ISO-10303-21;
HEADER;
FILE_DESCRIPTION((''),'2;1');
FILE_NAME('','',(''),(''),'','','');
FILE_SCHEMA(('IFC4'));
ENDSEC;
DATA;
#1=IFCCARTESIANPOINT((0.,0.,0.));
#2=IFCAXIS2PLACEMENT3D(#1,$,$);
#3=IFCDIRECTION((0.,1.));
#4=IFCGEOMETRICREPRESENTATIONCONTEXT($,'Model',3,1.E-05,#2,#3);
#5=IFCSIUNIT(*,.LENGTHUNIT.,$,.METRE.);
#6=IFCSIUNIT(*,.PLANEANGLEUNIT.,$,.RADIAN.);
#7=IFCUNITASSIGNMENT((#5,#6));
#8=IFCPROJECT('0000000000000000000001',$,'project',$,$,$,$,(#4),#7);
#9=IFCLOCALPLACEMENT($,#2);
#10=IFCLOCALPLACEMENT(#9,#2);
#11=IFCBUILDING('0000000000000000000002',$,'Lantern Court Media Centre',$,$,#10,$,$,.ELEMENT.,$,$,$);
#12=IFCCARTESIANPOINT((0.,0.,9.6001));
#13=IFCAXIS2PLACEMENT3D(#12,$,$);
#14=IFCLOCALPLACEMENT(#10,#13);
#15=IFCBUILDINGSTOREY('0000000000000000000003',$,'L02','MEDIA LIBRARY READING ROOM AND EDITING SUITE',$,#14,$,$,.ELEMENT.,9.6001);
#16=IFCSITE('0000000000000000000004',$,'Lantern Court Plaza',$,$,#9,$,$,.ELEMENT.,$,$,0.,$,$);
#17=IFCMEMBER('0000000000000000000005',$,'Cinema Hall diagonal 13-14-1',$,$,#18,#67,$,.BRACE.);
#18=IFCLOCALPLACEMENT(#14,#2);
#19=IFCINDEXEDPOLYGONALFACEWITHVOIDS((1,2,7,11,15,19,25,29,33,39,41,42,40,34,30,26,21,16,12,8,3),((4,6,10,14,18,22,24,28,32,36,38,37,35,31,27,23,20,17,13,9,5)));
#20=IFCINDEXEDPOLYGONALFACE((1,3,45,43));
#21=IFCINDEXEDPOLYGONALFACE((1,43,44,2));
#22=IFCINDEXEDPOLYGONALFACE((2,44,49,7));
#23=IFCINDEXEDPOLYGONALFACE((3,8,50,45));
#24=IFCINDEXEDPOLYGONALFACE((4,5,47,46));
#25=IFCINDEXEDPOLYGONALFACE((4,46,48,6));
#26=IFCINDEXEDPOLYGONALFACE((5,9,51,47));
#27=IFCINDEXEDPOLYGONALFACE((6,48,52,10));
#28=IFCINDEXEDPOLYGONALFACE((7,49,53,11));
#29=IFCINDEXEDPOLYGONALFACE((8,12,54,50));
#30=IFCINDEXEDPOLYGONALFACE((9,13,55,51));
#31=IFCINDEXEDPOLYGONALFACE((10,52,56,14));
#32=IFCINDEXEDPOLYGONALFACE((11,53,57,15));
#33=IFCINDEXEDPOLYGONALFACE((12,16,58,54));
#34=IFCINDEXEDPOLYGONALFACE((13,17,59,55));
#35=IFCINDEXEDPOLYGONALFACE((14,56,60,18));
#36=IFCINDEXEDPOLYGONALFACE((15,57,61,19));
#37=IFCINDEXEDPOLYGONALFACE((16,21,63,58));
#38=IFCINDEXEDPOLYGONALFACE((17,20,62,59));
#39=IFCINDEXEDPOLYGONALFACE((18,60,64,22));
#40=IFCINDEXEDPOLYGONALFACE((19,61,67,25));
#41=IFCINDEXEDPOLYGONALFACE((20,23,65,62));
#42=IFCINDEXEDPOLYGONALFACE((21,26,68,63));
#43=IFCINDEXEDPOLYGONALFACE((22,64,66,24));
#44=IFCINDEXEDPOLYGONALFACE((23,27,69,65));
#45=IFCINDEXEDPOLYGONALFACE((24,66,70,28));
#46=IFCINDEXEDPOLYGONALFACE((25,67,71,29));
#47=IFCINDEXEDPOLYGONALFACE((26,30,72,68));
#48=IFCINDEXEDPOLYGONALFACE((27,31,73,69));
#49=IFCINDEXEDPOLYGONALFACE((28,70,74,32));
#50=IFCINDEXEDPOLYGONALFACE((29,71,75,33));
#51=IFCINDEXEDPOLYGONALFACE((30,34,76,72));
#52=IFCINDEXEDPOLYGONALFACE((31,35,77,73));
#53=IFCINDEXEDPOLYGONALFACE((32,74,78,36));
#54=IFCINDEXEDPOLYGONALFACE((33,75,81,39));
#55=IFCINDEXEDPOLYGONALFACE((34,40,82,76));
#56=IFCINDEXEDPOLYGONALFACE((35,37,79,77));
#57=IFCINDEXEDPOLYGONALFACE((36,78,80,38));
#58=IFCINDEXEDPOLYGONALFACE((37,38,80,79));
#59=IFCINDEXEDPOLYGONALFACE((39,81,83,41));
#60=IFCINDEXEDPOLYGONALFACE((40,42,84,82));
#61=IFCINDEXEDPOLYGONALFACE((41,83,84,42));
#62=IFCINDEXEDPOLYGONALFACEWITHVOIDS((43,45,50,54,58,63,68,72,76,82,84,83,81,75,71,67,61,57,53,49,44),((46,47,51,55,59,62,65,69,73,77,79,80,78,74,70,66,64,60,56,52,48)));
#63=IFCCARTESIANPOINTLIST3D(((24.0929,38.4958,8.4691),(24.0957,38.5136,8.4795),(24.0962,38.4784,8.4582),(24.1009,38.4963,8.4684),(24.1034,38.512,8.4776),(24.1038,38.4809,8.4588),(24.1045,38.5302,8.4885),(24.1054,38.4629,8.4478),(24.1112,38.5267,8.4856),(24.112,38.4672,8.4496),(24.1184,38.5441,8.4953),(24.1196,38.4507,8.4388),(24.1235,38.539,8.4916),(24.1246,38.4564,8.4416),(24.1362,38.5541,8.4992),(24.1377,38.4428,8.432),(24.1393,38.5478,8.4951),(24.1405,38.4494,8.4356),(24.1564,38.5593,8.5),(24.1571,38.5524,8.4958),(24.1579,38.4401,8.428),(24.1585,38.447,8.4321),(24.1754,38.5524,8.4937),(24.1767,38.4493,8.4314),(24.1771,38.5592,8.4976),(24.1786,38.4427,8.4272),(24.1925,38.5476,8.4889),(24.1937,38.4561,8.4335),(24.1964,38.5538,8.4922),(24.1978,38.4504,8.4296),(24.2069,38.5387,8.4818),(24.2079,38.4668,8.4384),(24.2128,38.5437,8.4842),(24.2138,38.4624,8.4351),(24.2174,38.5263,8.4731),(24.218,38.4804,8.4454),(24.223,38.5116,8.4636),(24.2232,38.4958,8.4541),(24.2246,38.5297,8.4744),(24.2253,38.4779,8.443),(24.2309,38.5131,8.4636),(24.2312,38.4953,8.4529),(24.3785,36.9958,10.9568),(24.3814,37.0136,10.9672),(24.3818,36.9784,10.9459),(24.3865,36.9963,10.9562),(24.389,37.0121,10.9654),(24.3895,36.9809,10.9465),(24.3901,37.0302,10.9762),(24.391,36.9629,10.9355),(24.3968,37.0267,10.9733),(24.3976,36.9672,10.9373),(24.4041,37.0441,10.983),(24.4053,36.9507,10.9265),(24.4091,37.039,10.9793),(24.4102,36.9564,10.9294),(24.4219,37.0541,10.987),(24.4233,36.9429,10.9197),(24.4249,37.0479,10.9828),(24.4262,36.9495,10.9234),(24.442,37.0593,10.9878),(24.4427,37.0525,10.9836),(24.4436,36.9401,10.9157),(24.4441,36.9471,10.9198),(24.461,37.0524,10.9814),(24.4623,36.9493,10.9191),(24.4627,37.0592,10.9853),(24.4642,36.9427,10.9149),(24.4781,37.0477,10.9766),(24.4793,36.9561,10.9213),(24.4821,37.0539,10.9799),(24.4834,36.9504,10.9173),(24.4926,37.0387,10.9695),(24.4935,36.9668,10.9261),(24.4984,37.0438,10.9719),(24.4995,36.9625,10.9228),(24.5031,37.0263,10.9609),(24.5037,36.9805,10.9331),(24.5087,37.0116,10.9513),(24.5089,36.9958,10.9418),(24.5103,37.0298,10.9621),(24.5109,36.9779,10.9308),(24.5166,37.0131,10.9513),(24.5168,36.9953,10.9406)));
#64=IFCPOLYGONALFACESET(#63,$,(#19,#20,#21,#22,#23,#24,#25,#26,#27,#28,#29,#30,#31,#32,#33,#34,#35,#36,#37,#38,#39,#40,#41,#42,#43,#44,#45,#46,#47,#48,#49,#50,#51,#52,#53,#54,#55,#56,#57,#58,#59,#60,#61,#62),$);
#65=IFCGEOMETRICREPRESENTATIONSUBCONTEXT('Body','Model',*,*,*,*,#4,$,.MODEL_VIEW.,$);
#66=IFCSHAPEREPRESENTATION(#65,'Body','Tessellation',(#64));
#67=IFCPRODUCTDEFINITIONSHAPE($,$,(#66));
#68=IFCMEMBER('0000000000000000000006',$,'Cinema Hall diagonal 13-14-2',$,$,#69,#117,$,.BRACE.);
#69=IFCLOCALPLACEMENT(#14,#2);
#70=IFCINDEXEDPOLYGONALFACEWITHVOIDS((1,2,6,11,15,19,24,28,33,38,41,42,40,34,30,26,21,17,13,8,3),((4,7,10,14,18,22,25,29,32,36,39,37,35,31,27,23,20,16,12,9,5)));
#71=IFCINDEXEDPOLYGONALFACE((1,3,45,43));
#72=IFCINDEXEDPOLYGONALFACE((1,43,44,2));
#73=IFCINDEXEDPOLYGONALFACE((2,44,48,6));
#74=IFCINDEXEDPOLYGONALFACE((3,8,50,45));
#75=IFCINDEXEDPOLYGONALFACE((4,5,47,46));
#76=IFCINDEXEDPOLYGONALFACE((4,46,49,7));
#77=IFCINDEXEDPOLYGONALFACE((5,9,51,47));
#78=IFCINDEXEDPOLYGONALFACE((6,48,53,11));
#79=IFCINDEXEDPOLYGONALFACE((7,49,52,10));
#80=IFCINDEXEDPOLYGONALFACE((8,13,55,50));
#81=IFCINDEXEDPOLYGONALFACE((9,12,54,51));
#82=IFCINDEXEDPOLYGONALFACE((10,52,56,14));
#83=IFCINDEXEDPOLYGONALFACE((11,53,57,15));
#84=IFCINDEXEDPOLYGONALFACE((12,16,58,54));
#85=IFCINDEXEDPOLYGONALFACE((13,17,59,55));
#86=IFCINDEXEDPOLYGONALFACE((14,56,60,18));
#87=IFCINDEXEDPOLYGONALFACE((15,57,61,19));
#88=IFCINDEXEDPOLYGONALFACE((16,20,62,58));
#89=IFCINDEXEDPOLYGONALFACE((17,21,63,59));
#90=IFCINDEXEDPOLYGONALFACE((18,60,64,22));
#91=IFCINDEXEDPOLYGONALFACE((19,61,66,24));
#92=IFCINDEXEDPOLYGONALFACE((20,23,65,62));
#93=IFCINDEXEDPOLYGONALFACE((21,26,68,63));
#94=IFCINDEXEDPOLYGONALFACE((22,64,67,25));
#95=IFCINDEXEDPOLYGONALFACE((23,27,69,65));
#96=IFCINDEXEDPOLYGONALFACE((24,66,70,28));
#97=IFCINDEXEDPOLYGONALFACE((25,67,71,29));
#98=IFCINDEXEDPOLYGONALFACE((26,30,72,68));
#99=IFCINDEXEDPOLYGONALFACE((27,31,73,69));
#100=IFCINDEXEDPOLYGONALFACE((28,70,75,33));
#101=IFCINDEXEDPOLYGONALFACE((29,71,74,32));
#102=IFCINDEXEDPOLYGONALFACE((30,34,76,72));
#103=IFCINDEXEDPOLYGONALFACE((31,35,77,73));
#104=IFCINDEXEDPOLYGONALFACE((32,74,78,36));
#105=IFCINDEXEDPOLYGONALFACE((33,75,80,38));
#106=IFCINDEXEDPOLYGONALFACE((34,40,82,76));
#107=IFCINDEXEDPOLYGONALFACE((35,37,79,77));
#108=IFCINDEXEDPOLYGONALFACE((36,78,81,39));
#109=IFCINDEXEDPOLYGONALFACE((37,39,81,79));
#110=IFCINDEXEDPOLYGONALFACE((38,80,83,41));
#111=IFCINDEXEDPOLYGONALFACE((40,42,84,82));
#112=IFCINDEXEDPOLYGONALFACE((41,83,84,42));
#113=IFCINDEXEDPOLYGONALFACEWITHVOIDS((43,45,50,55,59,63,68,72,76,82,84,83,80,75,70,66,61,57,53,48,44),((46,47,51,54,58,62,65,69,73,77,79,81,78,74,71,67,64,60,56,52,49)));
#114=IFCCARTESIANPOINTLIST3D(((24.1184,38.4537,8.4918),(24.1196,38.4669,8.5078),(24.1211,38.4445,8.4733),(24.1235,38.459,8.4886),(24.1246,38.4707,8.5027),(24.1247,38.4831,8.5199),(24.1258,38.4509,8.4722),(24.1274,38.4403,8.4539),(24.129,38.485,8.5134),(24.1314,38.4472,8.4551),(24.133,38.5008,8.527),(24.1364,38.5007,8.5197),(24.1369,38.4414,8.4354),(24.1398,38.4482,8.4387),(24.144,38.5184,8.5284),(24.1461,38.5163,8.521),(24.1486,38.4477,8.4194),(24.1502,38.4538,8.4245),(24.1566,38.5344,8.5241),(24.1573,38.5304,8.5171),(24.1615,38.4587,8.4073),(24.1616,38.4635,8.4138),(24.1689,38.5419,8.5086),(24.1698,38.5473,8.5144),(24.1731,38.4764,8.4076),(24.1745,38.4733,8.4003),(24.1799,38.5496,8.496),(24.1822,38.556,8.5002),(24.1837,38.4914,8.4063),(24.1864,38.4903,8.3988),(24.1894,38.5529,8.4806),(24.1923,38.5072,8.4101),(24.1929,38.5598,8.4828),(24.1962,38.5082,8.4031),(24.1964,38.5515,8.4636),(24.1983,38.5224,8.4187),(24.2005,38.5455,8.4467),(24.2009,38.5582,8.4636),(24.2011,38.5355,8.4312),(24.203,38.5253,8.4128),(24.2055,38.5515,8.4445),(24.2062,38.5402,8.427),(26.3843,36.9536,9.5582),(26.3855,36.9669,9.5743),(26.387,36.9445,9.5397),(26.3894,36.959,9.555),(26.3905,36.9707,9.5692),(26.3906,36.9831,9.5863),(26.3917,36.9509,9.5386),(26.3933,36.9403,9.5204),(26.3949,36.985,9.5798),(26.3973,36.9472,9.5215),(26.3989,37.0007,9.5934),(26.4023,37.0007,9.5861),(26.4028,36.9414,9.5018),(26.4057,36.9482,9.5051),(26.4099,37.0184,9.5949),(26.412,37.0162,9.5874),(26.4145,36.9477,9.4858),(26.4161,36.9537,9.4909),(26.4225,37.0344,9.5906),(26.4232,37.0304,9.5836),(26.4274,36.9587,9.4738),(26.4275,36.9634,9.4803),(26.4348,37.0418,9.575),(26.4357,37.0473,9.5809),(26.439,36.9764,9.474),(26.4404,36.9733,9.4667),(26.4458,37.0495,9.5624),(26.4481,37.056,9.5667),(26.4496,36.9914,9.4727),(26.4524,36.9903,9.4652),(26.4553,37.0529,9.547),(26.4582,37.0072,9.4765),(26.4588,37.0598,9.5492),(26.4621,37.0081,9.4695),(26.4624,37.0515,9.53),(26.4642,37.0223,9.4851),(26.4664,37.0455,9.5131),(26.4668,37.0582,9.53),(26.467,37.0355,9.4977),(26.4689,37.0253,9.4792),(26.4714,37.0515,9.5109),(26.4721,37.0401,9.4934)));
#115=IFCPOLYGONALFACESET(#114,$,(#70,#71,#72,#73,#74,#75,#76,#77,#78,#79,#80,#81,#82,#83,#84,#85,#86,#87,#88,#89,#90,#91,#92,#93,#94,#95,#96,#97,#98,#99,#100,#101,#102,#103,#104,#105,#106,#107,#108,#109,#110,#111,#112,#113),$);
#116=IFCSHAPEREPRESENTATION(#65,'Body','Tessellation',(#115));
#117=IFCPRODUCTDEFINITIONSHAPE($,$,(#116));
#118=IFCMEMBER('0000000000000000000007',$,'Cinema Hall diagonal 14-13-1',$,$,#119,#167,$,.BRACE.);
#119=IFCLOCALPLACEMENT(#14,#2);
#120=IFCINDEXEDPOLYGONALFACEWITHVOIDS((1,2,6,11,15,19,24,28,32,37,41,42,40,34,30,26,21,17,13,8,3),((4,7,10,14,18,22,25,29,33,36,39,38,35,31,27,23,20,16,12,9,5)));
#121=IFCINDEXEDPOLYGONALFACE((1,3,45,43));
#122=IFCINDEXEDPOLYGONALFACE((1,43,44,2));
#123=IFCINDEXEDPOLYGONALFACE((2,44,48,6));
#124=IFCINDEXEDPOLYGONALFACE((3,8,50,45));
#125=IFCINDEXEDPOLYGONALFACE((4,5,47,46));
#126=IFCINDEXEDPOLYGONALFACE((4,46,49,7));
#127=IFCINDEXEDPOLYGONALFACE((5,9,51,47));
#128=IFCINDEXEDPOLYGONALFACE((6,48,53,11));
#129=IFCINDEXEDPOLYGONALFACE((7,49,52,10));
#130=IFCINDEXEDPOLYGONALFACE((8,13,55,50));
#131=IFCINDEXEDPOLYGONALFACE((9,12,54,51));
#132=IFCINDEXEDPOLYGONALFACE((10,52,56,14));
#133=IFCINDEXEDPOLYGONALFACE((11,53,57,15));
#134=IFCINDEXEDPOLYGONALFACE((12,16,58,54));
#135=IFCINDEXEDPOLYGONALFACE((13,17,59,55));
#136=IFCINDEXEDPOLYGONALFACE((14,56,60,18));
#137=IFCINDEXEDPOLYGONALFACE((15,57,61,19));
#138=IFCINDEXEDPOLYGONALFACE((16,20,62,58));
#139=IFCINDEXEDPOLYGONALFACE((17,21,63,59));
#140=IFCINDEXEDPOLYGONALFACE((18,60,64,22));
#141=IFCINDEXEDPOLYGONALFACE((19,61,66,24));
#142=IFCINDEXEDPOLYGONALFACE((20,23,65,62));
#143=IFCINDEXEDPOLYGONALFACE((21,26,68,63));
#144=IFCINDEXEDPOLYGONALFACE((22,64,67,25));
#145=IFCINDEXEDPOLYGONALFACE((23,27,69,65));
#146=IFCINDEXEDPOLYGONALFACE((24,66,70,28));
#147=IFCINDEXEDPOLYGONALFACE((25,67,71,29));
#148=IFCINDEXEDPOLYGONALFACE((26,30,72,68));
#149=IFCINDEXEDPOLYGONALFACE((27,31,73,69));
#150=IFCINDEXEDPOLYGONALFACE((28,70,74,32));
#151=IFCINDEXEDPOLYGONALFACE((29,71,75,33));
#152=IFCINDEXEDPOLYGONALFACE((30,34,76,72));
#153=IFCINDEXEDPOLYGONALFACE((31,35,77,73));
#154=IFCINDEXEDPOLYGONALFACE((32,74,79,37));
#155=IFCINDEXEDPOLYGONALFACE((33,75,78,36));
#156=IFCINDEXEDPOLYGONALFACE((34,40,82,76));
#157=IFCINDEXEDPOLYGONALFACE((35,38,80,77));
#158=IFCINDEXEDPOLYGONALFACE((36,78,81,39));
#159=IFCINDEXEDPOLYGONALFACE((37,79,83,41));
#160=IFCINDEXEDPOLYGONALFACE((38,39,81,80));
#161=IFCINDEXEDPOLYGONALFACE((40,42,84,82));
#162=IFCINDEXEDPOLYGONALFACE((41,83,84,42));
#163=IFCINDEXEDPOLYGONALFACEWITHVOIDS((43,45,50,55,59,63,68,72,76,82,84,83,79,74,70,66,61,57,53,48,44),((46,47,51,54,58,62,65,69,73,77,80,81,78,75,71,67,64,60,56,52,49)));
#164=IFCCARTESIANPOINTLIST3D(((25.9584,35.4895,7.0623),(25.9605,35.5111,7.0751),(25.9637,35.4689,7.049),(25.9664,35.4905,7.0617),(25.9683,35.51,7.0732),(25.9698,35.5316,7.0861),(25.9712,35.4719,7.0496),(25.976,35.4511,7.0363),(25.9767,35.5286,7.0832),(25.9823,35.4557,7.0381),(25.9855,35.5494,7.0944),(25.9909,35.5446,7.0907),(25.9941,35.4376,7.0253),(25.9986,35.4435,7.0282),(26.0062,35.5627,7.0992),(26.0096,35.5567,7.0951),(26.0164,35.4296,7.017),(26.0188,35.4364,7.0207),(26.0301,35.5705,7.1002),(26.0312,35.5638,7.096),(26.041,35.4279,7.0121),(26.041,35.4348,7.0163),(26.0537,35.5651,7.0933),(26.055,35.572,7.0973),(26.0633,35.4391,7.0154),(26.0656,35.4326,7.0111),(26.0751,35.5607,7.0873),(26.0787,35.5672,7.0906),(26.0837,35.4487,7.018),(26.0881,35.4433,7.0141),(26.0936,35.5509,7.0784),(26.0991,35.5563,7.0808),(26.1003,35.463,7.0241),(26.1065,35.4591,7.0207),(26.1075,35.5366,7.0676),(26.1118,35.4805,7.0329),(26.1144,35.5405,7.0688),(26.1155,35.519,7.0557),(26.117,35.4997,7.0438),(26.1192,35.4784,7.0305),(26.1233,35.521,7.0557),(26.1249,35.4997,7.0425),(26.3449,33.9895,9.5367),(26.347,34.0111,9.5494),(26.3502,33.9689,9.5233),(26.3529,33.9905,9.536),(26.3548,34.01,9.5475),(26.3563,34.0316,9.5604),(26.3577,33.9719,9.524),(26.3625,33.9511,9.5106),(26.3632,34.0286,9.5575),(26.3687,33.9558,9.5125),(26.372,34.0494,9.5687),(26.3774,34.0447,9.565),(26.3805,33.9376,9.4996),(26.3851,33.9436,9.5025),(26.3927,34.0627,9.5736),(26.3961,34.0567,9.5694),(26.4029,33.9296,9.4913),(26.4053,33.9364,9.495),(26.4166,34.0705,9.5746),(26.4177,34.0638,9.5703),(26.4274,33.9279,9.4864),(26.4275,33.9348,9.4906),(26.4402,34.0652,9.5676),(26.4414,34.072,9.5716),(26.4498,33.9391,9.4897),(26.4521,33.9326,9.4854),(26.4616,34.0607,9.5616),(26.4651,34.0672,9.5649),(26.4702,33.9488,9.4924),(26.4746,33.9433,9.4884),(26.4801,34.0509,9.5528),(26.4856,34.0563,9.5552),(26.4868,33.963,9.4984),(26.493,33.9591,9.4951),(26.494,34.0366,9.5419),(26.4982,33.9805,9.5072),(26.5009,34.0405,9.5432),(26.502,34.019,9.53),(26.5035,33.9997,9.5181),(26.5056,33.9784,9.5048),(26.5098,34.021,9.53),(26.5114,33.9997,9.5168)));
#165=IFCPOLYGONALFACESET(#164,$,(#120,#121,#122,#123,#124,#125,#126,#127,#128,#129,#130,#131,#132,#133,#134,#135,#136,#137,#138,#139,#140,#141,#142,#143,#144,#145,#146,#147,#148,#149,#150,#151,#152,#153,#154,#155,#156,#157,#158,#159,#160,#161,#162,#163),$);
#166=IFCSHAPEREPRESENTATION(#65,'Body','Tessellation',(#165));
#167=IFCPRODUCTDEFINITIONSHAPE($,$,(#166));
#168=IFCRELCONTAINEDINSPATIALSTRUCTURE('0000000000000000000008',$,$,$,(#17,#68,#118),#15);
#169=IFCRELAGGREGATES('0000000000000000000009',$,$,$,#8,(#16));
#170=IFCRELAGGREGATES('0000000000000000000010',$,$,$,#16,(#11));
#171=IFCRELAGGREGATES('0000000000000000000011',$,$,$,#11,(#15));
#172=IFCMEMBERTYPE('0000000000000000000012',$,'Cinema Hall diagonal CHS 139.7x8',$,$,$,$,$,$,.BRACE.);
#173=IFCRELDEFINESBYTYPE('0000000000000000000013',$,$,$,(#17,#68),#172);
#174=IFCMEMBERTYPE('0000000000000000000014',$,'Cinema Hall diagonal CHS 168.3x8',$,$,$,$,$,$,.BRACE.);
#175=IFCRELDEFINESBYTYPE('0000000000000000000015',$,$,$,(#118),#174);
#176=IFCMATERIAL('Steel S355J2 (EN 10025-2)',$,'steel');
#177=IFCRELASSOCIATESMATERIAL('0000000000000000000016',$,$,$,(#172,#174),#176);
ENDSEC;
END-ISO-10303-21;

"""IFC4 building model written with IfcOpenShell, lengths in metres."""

from ifc_helpers import new_model, si_unit, direction, frame, origin, origin_2d, place, context, subcontext, project, spatial, hollow_circle, extrude, material, material_profile, profile_set, type_object, element, save


model = new_model("IFC4")

# Units and contexts
model_context = context("Model", 3, precision=1e-05, world=origin(), true_north=direction((0.0, 1.0)))
body_context = subcontext(model_context, "Body", "Model", "MODEL_VIEW")
ifc_project = project(units=[si_unit("LENGTHUNIT", "METRE"), si_unit("PLANEANGLEUNIT", "RADIAN")], contexts=[model_context])

# Site, building, storey
site_placement = place(None, origin())
site = spatial("IfcSite", under=ifc_project, at=site_placement, Name="Lantern Court Plaza", CompositionType="ELEMENT", RefElevation=0.0)
building_placement = place(site_placement, origin())
building = spatial("IfcBuilding", under=site, at=building_placement, Name="Lantern Court Media Centre", CompositionType="ELEMENT")
storey_placement = place(building_placement, frame((0.0, 0.0, 9.6001)))
storey = spatial("IfcBuildingStorey", under=building, at=storey_placement, Name="L02", Description="MEDIA LIBRARY READING ROOM AND EDITING SUITE", CompositionType="ELEMENT", Elevation=9.6001)

# Members
ifc_material = material(Name="Steel S355J2 (EN 10025-2)", Category="steel")
ifc_material_profile_1 = material_profile(ifc_material, hollow_circle(Radius=0.0698, WallThickness=0.0081, at=origin_2d()), Name="Cinema Hall diagonal CHS 139.7x8")
ifc_profile_set_1 = profile_set([ifc_material_profile_1], Name="Steel S355J2 (EN 10025-2)")
member_type_1 = type_object("IfcMemberType", Name="Cinema Hall diagonal CHS 139.7x8", PredefinedType="BRACE", material=ifc_profile_set_1)
for number, where, z_axis, x_axis, name in (
    (1, (24.1624, 38.5, 8.4636), (0.097856, -0.51387, 0.852268), (0.982347, 0.187068, 0.0), "Cinema Hall diagonal 13-14-1"),
):
    element("IfcMember", number, at=place(storey_placement, frame(where, z_axis=z_axis, x_axis=x_axis)), inside=storey, type_object=member_type_1, Name=name, PredefinedType="BRACE", context=body_context, shape_type="SweptSolid", body=[
        extrude(hollow_circle(Radius=0.0698, WallThickness=0.0081, at=origin_2d()), origin(), (0.0, 0.0, 1.0), 2.9189),
    ])
member_1_placement = place(storey_placement, frame((24.1624, 38.5, 8.4636), z_axis=(0.776211, -0.51385, 0.365315), x_axis=(0.552002, 0.833843, 0.0)))
element("IfcMember", 2, at=member_1_placement, inside=storey, type_object=member_type_1, Name="Cinema Hall diagonal 13-14-2", PredefinedType="BRACE", context=body_context, shape_type="SweptSolid", body=[
    extrude(hollow_circle(Radius=0.0698, WallThickness=0.0081, at=origin_2d()), origin(), (0.0, 0.0, 1.0), 2.9192),
])
ifc_material_profile_2 = material_profile(ifc_material, hollow_circle(Radius=0.0842, WallThickness=0.0081, at=origin_2d()), Name="Cinema Hall diagonal CHS 168.3x8")
ifc_profile_set_2 = profile_set([ifc_material_profile_2], Name="Steel S355J2 (EN 10025-2)")
member_type_2 = type_object("IfcMemberType", Name="Cinema Hall diagonal CHS 168.3x8", PredefinedType="BRACE", material=ifc_profile_set_2)
member_2_placement = place(storey_placement, frame((26.0417, 35.5, 7.0557), z_axis=(0.13239, -0.513836, 0.847612), x_axis=(0.968374, 0.249501, 0.0)))
element("IfcMember", 3, at=member_2_placement, inside=storey, type_object=member_type_2, Name="Cinema Hall diagonal 14-13-1", PredefinedType="BRACE", context=body_context, shape_type="SweptSolid", body=[
    extrude(hollow_circle(Radius=0.0842, WallThickness=0.0081, at=origin_2d()), origin(), (0.0, 0.0, 1.0), 2.9192),
])

save(model, "model.ifc")
